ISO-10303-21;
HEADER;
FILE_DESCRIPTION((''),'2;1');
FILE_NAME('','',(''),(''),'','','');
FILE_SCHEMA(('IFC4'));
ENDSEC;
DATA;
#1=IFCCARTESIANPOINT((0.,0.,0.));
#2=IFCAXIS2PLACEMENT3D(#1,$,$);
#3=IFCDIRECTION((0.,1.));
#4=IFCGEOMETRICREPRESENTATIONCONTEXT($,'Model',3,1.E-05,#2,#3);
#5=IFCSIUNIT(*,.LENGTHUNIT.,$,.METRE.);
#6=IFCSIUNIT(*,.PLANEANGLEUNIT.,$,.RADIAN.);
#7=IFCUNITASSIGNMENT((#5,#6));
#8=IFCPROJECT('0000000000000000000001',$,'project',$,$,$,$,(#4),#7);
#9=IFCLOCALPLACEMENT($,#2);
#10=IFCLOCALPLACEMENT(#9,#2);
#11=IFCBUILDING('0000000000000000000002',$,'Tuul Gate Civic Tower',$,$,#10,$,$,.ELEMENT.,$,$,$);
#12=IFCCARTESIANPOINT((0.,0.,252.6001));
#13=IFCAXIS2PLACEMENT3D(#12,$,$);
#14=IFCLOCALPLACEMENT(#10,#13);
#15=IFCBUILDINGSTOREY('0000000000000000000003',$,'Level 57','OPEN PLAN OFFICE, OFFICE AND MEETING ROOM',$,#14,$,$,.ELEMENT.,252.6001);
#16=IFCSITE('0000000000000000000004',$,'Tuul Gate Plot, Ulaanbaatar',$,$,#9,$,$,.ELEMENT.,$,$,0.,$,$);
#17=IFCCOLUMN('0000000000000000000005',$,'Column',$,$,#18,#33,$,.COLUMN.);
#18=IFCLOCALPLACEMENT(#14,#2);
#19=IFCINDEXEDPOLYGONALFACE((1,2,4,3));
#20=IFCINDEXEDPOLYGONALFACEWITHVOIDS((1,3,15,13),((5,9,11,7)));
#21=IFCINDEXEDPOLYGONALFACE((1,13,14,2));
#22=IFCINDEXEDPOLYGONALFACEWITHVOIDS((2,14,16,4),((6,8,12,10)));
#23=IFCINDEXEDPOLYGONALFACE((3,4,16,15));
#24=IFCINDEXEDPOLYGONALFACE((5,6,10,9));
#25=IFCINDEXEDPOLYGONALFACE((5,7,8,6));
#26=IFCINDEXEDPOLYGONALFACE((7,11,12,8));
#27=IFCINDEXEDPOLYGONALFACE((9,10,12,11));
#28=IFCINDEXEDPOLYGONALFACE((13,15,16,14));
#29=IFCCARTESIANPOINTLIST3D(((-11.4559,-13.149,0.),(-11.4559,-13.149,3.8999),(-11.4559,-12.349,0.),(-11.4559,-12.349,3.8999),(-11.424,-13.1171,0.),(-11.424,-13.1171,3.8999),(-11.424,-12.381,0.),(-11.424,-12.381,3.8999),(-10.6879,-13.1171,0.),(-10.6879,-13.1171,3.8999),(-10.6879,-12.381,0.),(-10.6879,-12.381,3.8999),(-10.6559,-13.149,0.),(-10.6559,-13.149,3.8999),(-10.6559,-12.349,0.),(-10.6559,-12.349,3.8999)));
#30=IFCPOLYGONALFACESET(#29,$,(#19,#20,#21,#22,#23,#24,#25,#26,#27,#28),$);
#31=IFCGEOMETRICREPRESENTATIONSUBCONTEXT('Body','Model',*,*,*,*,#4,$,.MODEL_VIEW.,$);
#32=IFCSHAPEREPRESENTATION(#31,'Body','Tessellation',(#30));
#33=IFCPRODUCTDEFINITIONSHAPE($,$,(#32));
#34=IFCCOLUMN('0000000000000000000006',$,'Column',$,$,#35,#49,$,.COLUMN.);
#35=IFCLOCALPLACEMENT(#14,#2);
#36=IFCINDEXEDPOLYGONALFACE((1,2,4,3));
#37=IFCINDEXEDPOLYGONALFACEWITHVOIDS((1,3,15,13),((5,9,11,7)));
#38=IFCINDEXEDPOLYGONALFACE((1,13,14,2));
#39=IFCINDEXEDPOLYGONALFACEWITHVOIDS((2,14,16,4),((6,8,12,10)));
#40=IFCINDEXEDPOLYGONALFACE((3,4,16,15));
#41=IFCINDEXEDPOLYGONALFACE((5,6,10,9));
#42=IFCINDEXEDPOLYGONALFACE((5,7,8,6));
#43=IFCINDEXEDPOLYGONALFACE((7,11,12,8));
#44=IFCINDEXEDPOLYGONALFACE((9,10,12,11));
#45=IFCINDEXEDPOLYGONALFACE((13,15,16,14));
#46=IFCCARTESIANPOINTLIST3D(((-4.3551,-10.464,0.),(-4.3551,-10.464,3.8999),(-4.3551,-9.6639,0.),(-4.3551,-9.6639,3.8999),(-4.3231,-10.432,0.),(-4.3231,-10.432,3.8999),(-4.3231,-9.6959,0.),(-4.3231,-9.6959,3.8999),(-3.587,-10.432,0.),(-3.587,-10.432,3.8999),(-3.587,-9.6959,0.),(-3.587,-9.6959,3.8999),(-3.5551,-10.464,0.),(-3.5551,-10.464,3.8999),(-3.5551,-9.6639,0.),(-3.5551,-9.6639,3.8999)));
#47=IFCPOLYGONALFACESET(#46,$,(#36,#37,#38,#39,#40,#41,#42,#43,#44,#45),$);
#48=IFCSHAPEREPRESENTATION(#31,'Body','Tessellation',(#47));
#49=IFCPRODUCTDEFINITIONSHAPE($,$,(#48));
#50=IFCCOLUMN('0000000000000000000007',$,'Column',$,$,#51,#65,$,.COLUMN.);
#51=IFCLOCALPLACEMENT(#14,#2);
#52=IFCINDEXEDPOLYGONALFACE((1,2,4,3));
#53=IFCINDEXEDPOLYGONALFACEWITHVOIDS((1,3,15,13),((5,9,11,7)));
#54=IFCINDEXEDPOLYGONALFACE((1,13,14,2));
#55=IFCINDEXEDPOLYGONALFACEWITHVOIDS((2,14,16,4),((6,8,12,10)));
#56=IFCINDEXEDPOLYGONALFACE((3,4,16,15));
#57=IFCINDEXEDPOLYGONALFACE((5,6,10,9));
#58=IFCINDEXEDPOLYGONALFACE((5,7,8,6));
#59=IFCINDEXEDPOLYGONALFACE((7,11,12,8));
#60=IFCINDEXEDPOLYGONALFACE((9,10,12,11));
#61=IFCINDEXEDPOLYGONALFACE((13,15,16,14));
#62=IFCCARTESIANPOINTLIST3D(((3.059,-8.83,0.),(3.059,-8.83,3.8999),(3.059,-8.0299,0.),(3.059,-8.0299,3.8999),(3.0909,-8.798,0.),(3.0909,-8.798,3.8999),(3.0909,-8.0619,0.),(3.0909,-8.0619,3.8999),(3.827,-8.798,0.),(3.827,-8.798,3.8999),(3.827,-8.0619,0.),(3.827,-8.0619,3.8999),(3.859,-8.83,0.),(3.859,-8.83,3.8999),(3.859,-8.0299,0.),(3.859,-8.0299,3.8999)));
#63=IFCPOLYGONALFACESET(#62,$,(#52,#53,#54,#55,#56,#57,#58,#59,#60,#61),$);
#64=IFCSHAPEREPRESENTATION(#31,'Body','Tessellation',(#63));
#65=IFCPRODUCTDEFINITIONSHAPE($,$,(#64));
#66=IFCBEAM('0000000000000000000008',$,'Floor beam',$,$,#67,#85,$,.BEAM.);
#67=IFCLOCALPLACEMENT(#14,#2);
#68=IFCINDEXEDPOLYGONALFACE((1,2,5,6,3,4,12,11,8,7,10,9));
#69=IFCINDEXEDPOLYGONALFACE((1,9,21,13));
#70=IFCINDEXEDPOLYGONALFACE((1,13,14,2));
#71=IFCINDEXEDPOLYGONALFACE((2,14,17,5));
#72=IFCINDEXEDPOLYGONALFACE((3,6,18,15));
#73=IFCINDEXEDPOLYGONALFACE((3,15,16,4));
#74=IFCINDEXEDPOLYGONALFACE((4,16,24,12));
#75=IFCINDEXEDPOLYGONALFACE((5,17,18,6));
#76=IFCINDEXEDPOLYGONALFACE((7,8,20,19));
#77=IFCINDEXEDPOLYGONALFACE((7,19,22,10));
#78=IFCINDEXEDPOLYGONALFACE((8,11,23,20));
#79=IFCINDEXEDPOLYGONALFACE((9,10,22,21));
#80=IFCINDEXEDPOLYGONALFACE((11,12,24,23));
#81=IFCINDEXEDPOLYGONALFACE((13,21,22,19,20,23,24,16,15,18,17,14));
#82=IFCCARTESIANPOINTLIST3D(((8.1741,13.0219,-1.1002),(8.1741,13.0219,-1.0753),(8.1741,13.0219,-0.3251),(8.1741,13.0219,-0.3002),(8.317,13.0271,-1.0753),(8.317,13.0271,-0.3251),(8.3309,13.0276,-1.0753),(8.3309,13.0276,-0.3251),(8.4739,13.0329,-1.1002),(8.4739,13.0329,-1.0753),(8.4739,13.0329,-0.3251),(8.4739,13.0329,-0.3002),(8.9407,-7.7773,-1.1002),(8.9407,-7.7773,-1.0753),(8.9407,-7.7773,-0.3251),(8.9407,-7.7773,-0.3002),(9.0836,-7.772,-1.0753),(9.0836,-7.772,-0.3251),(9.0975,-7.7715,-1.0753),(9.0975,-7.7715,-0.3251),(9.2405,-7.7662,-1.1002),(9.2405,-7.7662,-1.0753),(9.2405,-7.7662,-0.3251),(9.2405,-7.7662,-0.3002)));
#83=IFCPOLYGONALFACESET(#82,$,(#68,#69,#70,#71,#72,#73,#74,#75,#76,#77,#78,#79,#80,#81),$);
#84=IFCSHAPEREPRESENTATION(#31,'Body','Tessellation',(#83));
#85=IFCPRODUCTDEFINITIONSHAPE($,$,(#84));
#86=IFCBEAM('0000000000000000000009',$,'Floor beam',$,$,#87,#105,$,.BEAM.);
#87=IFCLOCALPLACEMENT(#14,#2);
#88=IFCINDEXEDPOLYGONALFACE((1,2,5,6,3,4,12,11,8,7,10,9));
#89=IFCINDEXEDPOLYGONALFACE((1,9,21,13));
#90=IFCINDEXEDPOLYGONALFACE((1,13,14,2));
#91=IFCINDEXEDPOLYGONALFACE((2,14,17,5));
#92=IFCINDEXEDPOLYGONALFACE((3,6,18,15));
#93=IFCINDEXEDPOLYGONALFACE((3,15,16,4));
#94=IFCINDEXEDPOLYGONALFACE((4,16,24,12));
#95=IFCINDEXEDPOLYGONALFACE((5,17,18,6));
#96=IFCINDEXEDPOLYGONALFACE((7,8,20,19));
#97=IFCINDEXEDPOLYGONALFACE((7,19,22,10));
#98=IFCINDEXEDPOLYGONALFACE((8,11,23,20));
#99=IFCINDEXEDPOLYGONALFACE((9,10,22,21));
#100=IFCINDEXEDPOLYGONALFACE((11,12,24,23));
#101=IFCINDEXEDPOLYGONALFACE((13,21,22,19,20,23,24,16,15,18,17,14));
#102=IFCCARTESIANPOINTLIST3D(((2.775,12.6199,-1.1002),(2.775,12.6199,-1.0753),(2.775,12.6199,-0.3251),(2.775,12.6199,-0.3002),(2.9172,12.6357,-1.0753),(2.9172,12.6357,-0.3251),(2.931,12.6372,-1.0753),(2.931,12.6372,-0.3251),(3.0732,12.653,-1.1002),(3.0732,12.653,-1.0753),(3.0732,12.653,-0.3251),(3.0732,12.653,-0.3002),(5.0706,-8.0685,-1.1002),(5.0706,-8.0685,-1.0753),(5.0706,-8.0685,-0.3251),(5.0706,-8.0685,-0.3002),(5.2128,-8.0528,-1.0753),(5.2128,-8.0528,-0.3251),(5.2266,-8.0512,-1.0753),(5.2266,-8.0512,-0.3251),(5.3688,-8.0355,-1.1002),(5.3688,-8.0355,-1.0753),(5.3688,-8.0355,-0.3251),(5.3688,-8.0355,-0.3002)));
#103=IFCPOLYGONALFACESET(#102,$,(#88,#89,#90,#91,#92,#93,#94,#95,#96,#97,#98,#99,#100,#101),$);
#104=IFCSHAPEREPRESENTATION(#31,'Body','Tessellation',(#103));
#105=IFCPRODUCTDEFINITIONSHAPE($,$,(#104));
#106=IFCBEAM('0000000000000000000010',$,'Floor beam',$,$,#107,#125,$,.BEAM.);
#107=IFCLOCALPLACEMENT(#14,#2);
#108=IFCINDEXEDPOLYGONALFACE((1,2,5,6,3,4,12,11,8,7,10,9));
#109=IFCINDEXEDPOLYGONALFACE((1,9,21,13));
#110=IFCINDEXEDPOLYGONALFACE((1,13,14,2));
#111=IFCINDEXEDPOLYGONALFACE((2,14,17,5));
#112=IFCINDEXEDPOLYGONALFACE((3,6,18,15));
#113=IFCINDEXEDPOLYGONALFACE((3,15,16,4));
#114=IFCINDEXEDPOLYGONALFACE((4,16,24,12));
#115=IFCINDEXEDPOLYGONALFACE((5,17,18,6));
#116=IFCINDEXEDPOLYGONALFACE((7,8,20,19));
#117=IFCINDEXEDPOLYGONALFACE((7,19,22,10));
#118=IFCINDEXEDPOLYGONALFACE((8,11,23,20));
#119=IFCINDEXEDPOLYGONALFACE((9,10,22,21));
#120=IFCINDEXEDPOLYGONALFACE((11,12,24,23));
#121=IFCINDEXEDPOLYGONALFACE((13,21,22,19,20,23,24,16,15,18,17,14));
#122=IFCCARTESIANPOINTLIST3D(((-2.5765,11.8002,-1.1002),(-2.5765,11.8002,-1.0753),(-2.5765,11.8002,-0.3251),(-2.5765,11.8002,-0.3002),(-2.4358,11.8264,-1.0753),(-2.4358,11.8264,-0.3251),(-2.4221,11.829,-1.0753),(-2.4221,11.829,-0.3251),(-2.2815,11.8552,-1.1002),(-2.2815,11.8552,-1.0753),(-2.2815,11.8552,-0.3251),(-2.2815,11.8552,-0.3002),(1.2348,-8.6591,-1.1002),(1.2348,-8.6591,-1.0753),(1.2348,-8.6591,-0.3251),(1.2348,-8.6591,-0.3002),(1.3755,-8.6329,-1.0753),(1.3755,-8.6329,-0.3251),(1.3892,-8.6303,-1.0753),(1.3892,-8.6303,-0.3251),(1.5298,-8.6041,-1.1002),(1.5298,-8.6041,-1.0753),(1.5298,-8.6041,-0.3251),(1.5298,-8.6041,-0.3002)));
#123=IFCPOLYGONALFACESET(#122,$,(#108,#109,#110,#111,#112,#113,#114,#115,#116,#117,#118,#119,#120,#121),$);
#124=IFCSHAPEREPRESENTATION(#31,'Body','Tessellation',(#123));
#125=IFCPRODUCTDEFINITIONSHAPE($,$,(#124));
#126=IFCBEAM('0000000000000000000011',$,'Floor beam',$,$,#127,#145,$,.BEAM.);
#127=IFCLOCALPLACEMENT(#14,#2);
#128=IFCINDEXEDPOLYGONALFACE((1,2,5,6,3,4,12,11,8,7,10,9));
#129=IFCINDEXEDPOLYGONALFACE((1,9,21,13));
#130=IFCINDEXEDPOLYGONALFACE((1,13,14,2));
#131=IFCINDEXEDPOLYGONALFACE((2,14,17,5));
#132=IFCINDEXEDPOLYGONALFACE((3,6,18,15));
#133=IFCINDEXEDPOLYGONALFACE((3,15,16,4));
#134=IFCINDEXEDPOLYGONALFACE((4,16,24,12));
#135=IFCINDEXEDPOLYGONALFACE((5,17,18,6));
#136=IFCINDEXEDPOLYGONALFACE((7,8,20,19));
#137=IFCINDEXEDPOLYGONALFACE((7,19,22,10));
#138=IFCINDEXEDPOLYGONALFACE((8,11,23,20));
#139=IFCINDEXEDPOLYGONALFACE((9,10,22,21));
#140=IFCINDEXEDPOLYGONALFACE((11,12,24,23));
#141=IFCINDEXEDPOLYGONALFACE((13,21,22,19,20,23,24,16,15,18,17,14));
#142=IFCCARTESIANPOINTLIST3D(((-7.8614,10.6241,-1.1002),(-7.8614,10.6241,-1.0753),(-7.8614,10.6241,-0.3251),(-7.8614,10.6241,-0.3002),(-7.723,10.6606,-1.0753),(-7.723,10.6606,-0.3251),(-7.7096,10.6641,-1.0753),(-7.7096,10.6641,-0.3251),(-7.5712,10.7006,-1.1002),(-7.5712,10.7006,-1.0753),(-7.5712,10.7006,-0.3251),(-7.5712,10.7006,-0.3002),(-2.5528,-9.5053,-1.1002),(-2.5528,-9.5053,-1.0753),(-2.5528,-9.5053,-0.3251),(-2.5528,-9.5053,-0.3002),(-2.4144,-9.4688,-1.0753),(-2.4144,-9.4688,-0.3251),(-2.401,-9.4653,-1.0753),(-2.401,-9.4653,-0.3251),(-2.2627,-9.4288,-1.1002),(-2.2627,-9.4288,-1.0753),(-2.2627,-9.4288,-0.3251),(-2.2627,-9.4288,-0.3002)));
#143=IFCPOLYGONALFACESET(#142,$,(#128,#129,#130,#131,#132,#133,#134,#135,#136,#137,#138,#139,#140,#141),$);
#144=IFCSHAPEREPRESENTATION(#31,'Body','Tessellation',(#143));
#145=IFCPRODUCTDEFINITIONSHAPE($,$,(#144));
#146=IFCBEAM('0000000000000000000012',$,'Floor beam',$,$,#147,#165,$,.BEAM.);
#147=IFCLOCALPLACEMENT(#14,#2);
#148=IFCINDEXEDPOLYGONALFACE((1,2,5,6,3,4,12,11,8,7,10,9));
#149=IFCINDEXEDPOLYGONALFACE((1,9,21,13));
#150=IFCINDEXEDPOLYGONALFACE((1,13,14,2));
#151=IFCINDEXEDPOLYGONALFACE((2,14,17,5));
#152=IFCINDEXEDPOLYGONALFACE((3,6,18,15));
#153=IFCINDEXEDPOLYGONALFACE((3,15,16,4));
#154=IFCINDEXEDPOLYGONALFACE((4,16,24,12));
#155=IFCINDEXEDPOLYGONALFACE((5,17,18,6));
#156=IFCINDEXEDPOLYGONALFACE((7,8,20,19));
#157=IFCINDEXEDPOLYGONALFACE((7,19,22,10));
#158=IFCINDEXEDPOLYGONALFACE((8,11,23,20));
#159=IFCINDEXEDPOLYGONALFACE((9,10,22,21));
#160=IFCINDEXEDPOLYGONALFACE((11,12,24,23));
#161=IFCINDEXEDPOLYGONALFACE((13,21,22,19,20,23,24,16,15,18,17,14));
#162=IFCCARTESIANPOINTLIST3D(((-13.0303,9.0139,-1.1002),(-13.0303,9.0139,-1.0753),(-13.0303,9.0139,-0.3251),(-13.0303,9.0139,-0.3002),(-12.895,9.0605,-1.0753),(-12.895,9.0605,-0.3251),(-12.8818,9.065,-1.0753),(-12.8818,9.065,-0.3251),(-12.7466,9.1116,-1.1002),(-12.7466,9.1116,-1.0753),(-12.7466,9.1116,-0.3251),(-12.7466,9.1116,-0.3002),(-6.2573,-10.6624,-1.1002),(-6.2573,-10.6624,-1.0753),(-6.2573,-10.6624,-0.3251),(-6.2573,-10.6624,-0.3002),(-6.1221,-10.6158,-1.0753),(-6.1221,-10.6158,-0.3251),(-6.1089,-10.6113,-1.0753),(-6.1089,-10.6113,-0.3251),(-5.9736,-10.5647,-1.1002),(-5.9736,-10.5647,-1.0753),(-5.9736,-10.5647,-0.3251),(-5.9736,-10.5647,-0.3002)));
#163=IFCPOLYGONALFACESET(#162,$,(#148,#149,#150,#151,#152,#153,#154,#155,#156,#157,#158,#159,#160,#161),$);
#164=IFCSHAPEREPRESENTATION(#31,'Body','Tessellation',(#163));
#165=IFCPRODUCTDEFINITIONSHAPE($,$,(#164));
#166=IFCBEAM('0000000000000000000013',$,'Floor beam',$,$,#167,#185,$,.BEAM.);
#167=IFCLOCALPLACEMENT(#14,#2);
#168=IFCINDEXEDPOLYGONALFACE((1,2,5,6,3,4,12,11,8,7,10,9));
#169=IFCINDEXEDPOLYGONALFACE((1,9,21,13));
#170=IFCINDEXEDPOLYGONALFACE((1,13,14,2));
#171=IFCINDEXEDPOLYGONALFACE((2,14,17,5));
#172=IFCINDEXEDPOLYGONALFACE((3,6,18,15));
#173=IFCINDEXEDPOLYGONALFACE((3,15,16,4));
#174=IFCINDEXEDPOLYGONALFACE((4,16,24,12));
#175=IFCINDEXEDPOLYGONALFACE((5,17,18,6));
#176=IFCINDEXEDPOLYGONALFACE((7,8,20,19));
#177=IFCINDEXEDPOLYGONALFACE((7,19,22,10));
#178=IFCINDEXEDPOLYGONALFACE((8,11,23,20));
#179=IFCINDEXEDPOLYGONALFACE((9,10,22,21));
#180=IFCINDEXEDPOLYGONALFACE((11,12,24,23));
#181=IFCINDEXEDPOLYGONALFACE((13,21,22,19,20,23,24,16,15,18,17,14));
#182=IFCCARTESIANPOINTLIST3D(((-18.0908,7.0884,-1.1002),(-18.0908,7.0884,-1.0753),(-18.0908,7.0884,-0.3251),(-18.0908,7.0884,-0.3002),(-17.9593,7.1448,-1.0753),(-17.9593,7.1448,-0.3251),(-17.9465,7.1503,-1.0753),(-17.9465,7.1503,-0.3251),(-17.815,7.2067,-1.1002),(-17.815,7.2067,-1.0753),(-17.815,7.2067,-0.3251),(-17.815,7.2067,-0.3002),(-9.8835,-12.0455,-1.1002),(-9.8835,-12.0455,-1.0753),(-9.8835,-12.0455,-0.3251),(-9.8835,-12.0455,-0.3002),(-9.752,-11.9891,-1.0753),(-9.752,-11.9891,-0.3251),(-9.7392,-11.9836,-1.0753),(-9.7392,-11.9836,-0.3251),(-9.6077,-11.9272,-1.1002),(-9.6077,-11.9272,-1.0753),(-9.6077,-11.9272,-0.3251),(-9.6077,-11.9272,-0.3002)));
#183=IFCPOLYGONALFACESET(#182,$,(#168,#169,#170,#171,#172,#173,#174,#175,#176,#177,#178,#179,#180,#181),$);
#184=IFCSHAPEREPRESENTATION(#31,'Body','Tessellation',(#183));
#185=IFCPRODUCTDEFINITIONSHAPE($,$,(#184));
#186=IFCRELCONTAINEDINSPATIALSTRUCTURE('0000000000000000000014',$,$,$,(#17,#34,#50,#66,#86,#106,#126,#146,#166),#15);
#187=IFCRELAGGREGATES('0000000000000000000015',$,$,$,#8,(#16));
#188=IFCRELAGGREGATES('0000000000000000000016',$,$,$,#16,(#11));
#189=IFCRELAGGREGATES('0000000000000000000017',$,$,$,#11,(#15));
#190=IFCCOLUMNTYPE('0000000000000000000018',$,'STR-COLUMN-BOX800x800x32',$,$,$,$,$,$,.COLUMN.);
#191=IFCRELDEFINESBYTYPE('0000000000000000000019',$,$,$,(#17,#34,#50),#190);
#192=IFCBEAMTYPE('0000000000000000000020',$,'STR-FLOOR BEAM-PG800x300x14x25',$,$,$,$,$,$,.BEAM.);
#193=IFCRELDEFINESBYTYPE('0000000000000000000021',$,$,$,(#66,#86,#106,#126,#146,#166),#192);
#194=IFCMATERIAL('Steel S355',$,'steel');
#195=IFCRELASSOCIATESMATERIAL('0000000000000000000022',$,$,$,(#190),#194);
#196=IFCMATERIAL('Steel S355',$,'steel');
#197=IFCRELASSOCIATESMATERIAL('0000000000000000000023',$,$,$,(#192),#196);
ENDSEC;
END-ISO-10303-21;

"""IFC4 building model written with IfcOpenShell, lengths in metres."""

from ifc_helpers import new_model, si_unit, direction, frame, origin, origin_2d, place, context, subcontext, project, spatial, hollow_rectangle, i_section, extrude, material, material_profile, profile_set, type_object, element, save


model = new_model("IFC4")

# Units and contexts
model_context = context("Model", 3, precision=1e-05, world=origin(), true_north=direction((0.0, 1.0)))
body_context = subcontext(model_context, "Body", "Model", "MODEL_VIEW")
ifc_project = project(units=[si_unit("LENGTHUNIT", "METRE"), si_unit("PLANEANGLEUNIT", "RADIAN")], contexts=[model_context])

# Site, building, storey
site_placement = place(None, origin())
site = spatial("IfcSite", under=ifc_project, at=site_placement, Name="Tuul Gate Plot, Ulaanbaatar", CompositionType="ELEMENT", RefElevation=0.0)
building_placement = place(site_placement, origin())
building = spatial("IfcBuilding", under=site, at=building_placement, Name="Tuul Gate Civic Tower", CompositionType="ELEMENT")
storey_placement = place(building_placement, frame((0.0, 0.0, 252.6001)))
storey = spatial("IfcBuildingStorey", under=building, at=storey_placement, Name="Level 57", Description="OPEN PLAN OFFICE, OFFICE AND MEETING ROOM", CompositionType="ELEMENT", Elevation=252.6001)

# Columns
ifc_material_1 = material(Name="Steel S355", Category="steel")
ifc_material_profile_1 = material_profile(ifc_material_1, hollow_rectangle(XDim=0.8, YDim=0.8, WallThickness=0.032, at=origin_2d()), Name="BOX800x800x32")
ifc_profile_set_1 = profile_set([ifc_material_profile_1], Name="Steel S355")
column_type = type_object("IfcColumnType", Name="STR-COLUMN-BOX800x800x32", PredefinedType="COLUMN", material=ifc_profile_set_1)
for number, where, z_axis, x_axis, name in (
    (1, (-11.0559, -12.749, 0.0), (0.0, 0.0, 1.0), (1.0, 0.0, 0.0), "Column"),
    (2, (-3.9551, -10.064, 0.0), (0.0, 0.0, 1.0), (1.0, 0.0, 0.0), "Column"),
    (3, (3.459, -8.4299, 0.0), (0.0, 0.0, 1.0), (1.0, 0.0, 0.0), "Column"),
):
    element("IfcColumn", number, at=place(storey_placement, frame(where, z_axis=z_axis, x_axis=x_axis)), inside=storey, type_object=column_type, Name=name, PredefinedType="COLUMN", context=body_context, shape_type="SweptSolid", body=[
        extrude(hollow_rectangle(XDim=0.8, YDim=0.8, WallThickness=0.032, at=origin_2d()), origin(), (0.0, 0.0, 1.0), 3.8999),
    ])

# Beams
ifc_material_2 = material(Name="Steel S355", Category="steel")
ifc_material_profile_2 = material_profile(ifc_material_2, i_section(OverallWidth=0.3, OverallDepth=0.8, WebThickness=0.0139, FlangeThickness=0.0249, at=origin_2d()), Name="PG800x300x14x25")
ifc_profile_set_2 = profile_set([ifc_material_profile_2], Name="Steel S355")
beam_type_1 = type_object("IfcBeamType", Name="STR-FLOOR BEAM-PG800x300x14x25", PredefinedType="BEAM", material=ifc_profile_set_2)
beam_1_placement = place(storey_placement, frame((9.0906, -7.7717, -0.7002), z_axis=(-0.036832, 0.999321, 0.0), x_axis=(-0.999321, -0.036832, 0.0)))
element("IfcBeam", 4, at=beam_1_placement, inside=storey, type_object=beam_type_1, Name="Floor beam", PredefinedType="BEAM", context=body_context, shape_type="SweptSolid", body=[
    extrude(i_section(OverallWidth=0.3, OverallDepth=0.8, WebThickness=0.0139, FlangeThickness=0.0249, at=origin_2d()), origin(), (0.0, 0.0, 1.0), 20.8132),
])
beam_2_placement = place(storey_placement, frame((5.2197, -8.052, -0.7002), z_axis=(-0.110286, 0.9939, 0.0), x_axis=(-0.9939, -0.110286, 0.0)))
element("IfcBeam", 5, at=beam_2_placement, inside=storey, type_object=beam_type_1, Name="Floor beam", PredefinedType="BEAM", context=body_context, shape_type="SweptSolid", body=[
    extrude(i_section(OverallWidth=0.3, OverallDepth=0.8, WebThickness=0.0139, FlangeThickness=0.0249, at=origin_2d()), origin(), (0.0, 0.0, 1.0), 20.8154),
])
beam_3_placement = place(storey_placement, frame((1.3823, -8.6316, -0.7002), z_axis=(-0.183136, 0.983088, 0.0), x_axis=(-0.983088, -0.183136, 0.0)))
element("IfcBeam", 6, at=beam_3_placement, inside=storey, type_object=beam_type_1, Name="Floor beam", PredefinedType="BEAM", context=body_context, shape_type="SweptSolid", body=[
    extrude(i_section(OverallWidth=0.3, OverallDepth=0.8, WebThickness=0.0139, FlangeThickness=0.0249, at=origin_2d()), origin(), (0.0, 0.0, 1.0), 20.8113),
])
beam_4_placement = place(storey_placement, frame((-2.4077, -9.467, -0.7002), z_axis=(-0.255005, 0.96694, 0.0), x_axis=(-0.96694, -0.255005, 0.0)))
element("IfcBeam", 7, at=beam_4_placement, inside=storey, type_object=beam_type_1, Name="Floor beam", PredefinedType="BEAM", context=body_context, shape_type="SweptSolid", body=[
    extrude(i_section(OverallWidth=0.3, OverallDepth=0.8, WebThickness=0.0139, FlangeThickness=0.0249, at=origin_2d()), origin(), (0.0, 0.0, 1.0), 20.8176),
])
beam_5_placement = place(storey_placement, frame((-6.1155, -10.6135, -0.7002), z_axis=(-0.325476, 0.94555, 0.0), x_axis=(-0.94555, -0.325476, 0.0)))
element("IfcBeam", 8, at=beam_5_placement, inside=storey, type_object=beam_type_1, Name="Floor beam", PredefinedType="BEAM", context=body_context, shape_type="SweptSolid", body=[
    extrude(i_section(OverallWidth=0.3, OverallDepth=0.8, WebThickness=0.0139, FlangeThickness=0.0249, at=origin_2d()), origin(), (0.0, 0.0, 1.0), 20.8093),
])
beam_6_placement = place(storey_placement, frame((-9.7456, -11.9863, -0.7002), z_axis=(-0.394207, 0.919022, 0.0), x_axis=(-0.919022, -0.394207, 0.0)))
element("IfcBeam", 9, at=beam_6_placement, inside=storey, type_object=beam_type_1, Name="Floor beam", PredefinedType="BEAM", context=body_context, shape_type="SweptSolid", body=[
    extrude(i_section(OverallWidth=0.3, OverallDepth=0.8, WebThickness=0.0139, FlangeThickness=0.0249, at=origin_2d()), origin(), (0.0, 0.0, 1.0), 20.8198),
])

save(model, "model.ifc")
